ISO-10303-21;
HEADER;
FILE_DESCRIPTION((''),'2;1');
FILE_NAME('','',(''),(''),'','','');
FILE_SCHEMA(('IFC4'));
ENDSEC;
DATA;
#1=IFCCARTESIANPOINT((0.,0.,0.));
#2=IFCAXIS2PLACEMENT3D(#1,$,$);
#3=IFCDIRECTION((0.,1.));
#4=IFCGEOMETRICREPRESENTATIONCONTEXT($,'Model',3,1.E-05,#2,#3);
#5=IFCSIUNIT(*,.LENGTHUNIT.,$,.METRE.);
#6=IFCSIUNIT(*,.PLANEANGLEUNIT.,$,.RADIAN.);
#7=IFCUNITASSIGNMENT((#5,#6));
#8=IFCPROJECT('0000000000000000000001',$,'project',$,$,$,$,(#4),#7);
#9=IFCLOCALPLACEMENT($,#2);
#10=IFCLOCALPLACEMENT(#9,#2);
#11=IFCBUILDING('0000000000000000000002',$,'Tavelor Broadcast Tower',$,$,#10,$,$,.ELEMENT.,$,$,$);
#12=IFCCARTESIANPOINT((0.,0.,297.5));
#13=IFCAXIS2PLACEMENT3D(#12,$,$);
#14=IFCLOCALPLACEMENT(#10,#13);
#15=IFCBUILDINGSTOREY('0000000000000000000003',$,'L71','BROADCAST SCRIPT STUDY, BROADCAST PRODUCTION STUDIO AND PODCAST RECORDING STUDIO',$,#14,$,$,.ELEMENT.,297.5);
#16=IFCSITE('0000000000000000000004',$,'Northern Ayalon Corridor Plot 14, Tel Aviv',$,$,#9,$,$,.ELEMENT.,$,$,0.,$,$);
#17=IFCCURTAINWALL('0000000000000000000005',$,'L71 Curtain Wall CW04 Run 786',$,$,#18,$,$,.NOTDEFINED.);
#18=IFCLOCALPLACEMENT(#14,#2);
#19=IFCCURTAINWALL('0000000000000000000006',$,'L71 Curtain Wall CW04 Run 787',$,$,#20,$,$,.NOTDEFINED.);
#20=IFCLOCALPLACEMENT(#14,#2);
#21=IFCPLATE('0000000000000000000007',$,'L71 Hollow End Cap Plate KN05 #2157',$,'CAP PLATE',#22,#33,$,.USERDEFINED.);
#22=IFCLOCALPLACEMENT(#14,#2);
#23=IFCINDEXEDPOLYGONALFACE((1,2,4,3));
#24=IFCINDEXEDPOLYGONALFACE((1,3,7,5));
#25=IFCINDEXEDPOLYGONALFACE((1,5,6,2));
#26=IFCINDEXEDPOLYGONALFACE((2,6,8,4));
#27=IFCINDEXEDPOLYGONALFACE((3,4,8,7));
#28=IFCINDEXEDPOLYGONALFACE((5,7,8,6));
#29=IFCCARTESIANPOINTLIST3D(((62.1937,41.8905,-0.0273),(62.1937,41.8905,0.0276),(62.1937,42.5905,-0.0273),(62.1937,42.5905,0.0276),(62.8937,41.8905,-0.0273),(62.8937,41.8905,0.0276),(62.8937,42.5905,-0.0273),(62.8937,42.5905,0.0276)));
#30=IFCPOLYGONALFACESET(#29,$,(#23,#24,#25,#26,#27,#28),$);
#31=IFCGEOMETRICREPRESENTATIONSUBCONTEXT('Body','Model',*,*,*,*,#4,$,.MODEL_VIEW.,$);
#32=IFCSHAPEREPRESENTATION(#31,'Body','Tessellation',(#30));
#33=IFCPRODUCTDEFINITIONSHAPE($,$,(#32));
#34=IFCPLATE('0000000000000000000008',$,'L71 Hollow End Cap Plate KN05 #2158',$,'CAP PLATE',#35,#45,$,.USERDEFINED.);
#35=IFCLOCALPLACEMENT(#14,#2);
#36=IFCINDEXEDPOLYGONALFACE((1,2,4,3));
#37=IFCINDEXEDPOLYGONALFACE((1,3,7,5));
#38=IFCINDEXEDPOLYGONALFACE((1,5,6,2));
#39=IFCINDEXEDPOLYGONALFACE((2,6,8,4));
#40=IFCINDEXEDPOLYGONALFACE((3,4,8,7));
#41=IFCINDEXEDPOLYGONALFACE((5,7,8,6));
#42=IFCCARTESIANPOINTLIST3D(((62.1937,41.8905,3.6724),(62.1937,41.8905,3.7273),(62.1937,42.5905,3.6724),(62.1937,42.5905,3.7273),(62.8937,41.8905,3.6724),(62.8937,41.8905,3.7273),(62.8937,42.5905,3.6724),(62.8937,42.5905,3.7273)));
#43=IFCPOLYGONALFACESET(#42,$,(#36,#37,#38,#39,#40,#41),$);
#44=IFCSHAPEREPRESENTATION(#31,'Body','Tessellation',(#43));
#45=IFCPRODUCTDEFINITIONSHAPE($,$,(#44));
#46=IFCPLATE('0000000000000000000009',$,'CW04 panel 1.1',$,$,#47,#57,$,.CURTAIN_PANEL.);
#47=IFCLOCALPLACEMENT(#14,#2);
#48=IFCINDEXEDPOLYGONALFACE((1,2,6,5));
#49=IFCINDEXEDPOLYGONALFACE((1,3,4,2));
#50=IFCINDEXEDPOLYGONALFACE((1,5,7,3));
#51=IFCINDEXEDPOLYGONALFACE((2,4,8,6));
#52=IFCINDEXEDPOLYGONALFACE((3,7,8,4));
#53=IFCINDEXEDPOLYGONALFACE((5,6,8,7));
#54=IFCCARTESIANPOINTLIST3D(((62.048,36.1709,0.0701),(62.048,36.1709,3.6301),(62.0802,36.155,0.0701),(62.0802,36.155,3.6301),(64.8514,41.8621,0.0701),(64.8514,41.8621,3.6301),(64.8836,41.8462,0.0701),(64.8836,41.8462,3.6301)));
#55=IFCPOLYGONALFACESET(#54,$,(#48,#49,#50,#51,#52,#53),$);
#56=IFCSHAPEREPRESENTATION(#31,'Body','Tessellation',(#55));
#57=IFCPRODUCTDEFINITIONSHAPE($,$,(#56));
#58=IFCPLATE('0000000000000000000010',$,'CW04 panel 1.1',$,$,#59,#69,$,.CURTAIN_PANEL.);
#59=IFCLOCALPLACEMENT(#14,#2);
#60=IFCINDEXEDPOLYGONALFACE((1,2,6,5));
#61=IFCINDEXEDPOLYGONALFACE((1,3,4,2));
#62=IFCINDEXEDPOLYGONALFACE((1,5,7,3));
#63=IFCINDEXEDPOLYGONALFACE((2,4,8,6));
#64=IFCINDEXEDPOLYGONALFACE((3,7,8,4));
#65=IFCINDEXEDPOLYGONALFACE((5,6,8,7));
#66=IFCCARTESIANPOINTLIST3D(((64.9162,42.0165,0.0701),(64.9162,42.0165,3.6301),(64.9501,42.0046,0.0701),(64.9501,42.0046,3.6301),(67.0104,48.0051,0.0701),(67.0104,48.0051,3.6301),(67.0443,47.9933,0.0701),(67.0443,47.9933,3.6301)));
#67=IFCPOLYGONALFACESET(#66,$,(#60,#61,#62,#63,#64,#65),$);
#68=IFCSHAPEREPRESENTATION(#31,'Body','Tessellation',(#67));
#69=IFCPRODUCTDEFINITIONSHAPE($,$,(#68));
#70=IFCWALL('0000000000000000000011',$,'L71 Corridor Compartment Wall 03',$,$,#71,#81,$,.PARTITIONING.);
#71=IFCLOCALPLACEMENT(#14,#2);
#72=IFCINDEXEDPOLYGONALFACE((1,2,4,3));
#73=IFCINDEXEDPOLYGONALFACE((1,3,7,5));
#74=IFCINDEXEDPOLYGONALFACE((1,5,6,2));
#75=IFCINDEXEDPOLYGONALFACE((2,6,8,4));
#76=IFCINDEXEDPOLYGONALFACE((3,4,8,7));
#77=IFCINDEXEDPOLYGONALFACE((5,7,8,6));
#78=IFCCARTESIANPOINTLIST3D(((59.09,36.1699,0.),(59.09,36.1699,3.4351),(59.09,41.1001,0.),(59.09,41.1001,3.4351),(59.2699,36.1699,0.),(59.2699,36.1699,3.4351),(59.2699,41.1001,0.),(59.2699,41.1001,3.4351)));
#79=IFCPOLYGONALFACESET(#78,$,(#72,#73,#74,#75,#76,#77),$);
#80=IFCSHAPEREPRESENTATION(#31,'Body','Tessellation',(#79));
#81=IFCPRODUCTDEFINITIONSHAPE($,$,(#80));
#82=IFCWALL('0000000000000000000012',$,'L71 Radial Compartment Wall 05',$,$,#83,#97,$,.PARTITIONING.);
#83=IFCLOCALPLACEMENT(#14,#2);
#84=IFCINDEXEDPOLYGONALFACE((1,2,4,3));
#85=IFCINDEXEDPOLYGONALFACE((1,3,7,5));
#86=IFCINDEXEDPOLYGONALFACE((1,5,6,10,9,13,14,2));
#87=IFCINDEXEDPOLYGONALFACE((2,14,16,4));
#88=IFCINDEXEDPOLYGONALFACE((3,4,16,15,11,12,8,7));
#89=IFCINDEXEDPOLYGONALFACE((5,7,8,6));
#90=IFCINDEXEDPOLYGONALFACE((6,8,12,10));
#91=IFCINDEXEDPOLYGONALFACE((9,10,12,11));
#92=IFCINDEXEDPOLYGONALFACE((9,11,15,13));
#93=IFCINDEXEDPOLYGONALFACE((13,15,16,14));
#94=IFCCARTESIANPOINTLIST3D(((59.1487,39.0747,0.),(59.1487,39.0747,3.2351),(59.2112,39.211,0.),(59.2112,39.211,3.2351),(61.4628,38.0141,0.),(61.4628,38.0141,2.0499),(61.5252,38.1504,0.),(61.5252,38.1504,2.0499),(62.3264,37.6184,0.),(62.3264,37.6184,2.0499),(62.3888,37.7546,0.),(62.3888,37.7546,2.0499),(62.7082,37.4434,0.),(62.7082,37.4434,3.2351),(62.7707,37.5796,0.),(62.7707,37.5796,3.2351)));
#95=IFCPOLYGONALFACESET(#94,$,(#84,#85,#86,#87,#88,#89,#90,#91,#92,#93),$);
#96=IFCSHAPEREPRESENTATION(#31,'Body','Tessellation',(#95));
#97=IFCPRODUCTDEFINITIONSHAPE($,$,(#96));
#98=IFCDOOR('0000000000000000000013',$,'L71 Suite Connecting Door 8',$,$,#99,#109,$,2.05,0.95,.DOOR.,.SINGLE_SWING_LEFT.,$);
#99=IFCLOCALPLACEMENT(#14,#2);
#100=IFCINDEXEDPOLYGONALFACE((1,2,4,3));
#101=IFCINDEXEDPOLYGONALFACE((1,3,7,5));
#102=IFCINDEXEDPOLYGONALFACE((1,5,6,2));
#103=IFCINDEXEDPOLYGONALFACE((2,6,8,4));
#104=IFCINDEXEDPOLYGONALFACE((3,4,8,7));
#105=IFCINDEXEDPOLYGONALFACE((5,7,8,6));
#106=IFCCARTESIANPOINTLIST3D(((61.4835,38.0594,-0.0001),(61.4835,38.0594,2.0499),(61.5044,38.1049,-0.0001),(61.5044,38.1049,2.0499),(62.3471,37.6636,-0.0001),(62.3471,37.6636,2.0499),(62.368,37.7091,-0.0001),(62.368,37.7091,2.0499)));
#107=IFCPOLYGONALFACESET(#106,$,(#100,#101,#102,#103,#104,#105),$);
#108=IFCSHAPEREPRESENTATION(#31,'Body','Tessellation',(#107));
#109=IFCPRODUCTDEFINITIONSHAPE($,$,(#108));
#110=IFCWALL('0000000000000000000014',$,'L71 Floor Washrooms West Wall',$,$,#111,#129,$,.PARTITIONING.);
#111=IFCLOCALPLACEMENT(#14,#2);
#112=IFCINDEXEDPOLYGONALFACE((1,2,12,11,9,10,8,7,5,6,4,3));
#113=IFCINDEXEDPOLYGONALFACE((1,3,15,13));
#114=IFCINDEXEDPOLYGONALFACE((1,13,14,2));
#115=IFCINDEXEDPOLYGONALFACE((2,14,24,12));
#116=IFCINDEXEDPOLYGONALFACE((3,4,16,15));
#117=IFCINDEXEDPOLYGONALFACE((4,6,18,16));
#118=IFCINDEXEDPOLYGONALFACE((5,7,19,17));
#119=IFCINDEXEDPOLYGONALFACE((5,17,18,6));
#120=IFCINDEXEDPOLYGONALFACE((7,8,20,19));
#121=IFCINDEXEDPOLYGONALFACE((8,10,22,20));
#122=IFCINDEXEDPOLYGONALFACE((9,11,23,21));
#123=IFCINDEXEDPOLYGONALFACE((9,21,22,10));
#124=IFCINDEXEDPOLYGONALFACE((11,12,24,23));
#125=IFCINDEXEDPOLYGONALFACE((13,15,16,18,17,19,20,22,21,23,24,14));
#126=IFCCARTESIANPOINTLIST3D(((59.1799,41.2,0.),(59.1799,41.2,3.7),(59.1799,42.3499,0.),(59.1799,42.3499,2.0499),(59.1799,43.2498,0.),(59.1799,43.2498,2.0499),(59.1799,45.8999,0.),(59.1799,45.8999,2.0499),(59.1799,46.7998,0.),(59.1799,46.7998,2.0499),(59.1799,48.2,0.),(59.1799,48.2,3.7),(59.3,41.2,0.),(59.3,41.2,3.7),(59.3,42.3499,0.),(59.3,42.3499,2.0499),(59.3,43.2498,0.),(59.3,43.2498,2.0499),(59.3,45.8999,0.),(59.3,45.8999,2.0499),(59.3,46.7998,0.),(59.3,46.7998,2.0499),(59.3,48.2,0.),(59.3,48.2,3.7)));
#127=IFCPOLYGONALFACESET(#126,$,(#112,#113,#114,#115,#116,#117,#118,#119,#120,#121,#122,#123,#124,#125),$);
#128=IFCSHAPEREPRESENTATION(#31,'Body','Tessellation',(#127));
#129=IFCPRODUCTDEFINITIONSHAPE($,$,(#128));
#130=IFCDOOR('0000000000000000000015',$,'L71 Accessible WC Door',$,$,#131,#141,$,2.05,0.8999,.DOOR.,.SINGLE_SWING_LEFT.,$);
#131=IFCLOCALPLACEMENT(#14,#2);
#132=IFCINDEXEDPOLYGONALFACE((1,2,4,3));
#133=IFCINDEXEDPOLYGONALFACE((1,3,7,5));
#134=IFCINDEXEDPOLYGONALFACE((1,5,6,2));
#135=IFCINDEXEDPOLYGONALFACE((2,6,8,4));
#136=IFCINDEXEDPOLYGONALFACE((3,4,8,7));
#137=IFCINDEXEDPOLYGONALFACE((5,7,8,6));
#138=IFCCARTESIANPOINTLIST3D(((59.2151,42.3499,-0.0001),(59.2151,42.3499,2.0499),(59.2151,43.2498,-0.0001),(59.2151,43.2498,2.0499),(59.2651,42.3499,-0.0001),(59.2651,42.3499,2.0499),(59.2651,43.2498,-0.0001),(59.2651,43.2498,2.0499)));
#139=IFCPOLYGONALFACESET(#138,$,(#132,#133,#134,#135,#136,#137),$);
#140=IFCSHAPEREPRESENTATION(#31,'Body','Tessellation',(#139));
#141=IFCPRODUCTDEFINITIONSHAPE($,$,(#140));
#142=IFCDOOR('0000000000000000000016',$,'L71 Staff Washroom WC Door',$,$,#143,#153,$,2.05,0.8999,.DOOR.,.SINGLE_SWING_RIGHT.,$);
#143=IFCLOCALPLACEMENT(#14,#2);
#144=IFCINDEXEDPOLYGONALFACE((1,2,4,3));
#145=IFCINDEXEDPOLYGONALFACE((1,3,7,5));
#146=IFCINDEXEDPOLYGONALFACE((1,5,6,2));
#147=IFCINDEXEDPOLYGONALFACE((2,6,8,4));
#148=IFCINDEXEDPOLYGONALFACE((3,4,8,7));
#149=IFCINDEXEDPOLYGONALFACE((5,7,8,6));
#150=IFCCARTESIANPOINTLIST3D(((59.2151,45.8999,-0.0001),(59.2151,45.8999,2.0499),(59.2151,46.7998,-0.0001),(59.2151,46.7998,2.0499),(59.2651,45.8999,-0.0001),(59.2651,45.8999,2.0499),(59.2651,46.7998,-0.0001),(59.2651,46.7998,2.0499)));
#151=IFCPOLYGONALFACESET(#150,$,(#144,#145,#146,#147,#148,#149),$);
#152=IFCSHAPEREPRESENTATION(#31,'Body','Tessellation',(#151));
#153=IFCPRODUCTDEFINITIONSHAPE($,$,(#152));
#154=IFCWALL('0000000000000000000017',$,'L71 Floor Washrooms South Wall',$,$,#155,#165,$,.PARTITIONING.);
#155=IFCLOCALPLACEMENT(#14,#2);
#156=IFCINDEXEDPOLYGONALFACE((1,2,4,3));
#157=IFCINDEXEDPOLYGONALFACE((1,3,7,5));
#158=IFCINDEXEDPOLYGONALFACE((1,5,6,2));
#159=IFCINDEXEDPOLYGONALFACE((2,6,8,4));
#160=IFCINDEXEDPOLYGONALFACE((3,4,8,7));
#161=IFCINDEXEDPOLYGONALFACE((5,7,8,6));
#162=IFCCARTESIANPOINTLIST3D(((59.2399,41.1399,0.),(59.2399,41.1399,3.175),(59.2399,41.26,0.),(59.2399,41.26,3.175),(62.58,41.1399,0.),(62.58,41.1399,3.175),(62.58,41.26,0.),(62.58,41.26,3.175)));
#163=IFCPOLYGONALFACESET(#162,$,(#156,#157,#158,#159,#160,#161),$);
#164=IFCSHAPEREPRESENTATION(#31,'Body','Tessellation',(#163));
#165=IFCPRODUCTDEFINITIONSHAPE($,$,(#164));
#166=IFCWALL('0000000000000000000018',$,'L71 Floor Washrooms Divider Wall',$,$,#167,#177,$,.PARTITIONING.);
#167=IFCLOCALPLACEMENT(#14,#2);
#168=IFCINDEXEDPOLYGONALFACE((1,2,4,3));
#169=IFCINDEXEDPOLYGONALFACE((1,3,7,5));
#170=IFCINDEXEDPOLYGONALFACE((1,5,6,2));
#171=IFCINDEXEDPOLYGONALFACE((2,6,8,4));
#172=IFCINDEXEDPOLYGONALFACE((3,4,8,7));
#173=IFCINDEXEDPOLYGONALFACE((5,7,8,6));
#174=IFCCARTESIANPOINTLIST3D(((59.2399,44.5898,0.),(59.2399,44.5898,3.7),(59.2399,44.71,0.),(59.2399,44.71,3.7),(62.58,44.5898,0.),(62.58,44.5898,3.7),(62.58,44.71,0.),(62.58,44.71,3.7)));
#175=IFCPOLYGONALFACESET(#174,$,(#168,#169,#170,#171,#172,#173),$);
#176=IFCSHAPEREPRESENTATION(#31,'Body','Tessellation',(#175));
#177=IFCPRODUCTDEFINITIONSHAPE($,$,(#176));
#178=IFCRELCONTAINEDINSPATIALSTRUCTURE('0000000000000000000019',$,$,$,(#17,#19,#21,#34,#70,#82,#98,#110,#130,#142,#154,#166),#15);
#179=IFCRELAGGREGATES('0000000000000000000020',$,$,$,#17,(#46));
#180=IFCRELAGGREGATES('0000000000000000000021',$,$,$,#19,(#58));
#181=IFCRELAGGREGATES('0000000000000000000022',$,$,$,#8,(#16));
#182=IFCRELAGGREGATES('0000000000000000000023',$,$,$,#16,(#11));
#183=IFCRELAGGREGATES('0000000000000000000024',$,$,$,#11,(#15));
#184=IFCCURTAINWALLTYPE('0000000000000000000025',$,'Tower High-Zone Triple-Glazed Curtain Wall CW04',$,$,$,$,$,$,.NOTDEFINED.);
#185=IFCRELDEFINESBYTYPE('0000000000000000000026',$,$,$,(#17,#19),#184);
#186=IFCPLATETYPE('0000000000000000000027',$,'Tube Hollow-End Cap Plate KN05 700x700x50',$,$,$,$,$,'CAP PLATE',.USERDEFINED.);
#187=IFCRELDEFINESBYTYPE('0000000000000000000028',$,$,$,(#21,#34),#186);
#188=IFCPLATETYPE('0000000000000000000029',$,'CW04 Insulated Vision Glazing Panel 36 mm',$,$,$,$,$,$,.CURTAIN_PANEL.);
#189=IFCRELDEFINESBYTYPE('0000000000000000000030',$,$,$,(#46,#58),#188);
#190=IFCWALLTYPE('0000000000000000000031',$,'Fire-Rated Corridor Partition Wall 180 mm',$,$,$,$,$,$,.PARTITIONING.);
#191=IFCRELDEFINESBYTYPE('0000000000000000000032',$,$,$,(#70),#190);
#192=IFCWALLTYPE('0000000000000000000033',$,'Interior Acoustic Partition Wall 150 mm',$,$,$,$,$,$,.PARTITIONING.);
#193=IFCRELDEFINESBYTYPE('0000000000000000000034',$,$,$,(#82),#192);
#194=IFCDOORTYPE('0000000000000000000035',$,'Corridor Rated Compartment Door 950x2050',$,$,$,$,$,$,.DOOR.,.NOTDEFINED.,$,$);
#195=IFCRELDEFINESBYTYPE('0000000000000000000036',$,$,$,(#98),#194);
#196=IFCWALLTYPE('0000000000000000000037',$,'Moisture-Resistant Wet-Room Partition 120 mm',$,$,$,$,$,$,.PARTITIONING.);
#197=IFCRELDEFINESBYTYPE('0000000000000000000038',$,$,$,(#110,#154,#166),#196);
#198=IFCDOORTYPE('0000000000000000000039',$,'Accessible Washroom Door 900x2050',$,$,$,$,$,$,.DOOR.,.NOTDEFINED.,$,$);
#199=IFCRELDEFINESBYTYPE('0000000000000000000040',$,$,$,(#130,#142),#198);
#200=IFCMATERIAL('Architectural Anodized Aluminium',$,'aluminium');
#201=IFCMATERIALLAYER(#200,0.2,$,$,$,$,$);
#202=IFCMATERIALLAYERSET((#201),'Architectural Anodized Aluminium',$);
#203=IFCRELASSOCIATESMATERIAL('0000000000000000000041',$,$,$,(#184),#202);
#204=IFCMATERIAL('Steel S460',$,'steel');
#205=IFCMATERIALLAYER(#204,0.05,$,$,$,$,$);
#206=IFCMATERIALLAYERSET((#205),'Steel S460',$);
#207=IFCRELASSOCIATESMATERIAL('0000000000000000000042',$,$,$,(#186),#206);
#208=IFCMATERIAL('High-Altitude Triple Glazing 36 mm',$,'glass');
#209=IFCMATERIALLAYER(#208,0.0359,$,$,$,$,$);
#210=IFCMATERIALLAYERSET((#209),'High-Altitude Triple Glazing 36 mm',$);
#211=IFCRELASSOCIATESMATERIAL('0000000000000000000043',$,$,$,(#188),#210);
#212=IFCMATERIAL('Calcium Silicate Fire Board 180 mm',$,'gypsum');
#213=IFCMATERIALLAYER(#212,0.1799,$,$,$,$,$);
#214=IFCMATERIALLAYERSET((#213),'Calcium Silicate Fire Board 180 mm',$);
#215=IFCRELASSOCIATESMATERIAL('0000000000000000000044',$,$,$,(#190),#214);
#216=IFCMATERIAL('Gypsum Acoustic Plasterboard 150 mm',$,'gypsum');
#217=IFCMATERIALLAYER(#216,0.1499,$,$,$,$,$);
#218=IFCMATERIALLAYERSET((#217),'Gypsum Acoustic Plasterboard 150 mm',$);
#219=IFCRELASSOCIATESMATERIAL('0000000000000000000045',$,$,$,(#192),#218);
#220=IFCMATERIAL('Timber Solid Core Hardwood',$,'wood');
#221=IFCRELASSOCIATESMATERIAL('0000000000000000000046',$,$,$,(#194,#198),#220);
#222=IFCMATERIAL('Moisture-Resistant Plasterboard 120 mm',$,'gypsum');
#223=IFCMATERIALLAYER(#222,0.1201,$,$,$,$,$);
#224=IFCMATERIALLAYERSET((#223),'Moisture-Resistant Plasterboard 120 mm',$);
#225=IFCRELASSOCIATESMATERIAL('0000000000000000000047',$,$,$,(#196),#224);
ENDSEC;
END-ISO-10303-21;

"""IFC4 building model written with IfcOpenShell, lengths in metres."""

from ifc_helpers import new_model, si_unit, direction, frame, frame_2d, origin, origin_2d, place, context, subcontext, project, spatial, rectangle, extrude, source, transform, mapped, material, layer, layer_set, type_object, type_shapes, element, fill, aggregate, save


model = new_model("IFC4")

# Units and contexts
model_context = context("Model", 3, precision=1e-05, world=origin(), true_north=direction((0.0, 1.0)))
body_context = subcontext(model_context, "Body", "Model", "MODEL_VIEW")
ifc_project = project(units=[si_unit("LENGTHUNIT", "METRE"), si_unit("PLANEANGLEUNIT", "RADIAN")], contexts=[model_context])

# Site, building, storey
site_placement = place(None, origin())
site = spatial("IfcSite", under=ifc_project, at=site_placement, Name="Northern Ayalon Corridor Plot 14, Tel Aviv", CompositionType="ELEMENT", RefElevation=0.0)
building_placement = place(site_placement, origin())
building = spatial("IfcBuilding", under=site, at=building_placement, Name="Tavelor Broadcast Tower", CompositionType="ELEMENT")
storey_placement = place(building_placement, frame((0.0, 0.0, 297.5)))
storey = spatial("IfcBuildingStorey", under=building, at=storey_placement, Name="L71", Description="BROADCAST SCRIPT STUDY, BROADCAST PRODUCTION STUDIO AND PODCAST RECORDING STUDIO", CompositionType="ELEMENT", Elevation=297.5)

# Shared definitions
ifc_material_1 = material(Name="Steel S460", Category="steel")

# Curtain wall
ifc_material_2 = material(Name="Architectural Anodized Aluminium", Category="aluminium")
ifc_layer_1 = layer(ifc_material_2, 0.2)
ifc_layer_set_1 = layer_set([ifc_layer_1], Name="Architectural Anodized Aluminium")
curtain_wall_type = type_object("IfcCurtainWallType", Name="Tower High-Zone Triple-Glazed Curtain Wall CW04", PredefinedType="NOTDEFINED", material=ifc_layer_set_1)
curtain_wall_1_placement = place(storey_placement, origin())
curtain_wall_1 = element("IfcCurtainWall", 1, at=curtain_wall_1_placement, inside=storey, type_object=curtain_wall_type, Name="L71 Curtain Wall CW04 Run 786", PredefinedType="NOTDEFINED")

# Curtain wall
curtain_wall_2_placement = place(storey_placement, origin())
curtain_wall_2 = element("IfcCurtainWall", 2, at=curtain_wall_2_placement, inside=storey, type_object=curtain_wall_type, Name="L71 Curtain Wall CW04 Run 787", PredefinedType="NOTDEFINED")

# Plates
ifc_layer_2 = layer(ifc_material_1, 0.05)
ifc_layer_set_2 = layer_set([ifc_layer_2], Name="Steel S460")
plate_type_1 = type_object("IfcPlateType", Name="Tube Hollow-End Cap Plate KN05 700x700x50", ElementType="CAP PLATE", PredefinedType="USERDEFINED", material=ifc_layer_set_2)
shared_shape_1 = source(origin(), body_context, "Body", "SweptSolid", [
    extrude(rectangle(XDim=0.7, YDim=0.7, at=origin_2d()), origin(), (0.0, 0.0, 1.0), 0.0549),
])
type_shapes(plate_type_1, [shared_shape_1])
for number, where, z_axis, x_axis, name in (
    (3, (62.5437, 42.2405, -0.0273), (0.0, 0.0, 1.0), (1.0, 0.0, 0.0), "L71 Hollow End Cap Plate KN05 #2157"),
    (4, (62.5437, 42.2405, 3.6724), (0.0, 0.0, 1.0), (1.0, 0.0, 0.0), "L71 Hollow End Cap Plate KN05 #2158"),
):
    element("IfcPlate", number, at=place(storey_placement, frame(where, z_axis=z_axis, x_axis=x_axis)), inside=storey, type_object=plate_type_1, Name=name, ObjectType="CAP PLATE", PredefinedType="USERDEFINED", context=body_context, shape_type="MappedRepresentation", body=[
        mapped(shared_shape_1, transform((0.0, 0.0, 0.0), scale=1.0)),
    ])

# Plates
ifc_material_3 = material(Name="High-Altitude Triple Glazing 36 mm", Category="glass")
ifc_layer_3 = layer(ifc_material_3, 0.0359)
ifc_layer_set_3 = layer_set([ifc_layer_3], Name="High-Altitude Triple Glazing 36 mm")
plate_type_2 = type_object("IfcPlateType", Name="CW04 Insulated Vision Glazing Panel 36 mm", PredefinedType="CURTAIN_PANEL", material=ifc_layer_set_3)
shared_shape_2 = source(origin(), body_context, "Body", "SweptSolid", [
    extrude(rectangle(XDim=6.3442, YDim=0.0359, at=origin_2d()), origin(), (0.0, 0.0, 1.0), 3.5601),
])
type_shapes(plate_type_2, [shared_shape_2])
plate_1_placement = place(storey_placement, frame((63.4658, 39.0085, 0.0701), z_axis=(0.0, 0.0, 1.0), x_axis=(0.441888, 0.89707, 0.0)))
plate_1 = element("IfcPlate", 5, at=plate_1_placement, type_object=plate_type_2, Name="CW04 panel 1.1", PredefinedType="CURTAIN_PANEL", context=body_context, shape_type="MappedRepresentation", body=[
    mapped(shared_shape_2, transform((0.0, 0.0, 0.0), scale=1.0)),
])
aggregate(curtain_wall_1, [plate_1])
plate_2_placement = place(storey_placement, frame((65.9802, 45.0049, 0.0701), z_axis=(0.0, 0.0, 1.0), x_axis=(0.330097, 0.943947, 0.0)))
plate_2 = element("IfcPlate", 6, at=plate_2_placement, type_object=plate_type_2, Name="CW04 panel 1.1", PredefinedType="CURTAIN_PANEL", context=body_context, shape_type="MappedRepresentation", body=[
    mapped(shared_shape_2, transform((0.0, 0.0, 0.0), scale=1.0)),
])
aggregate(curtain_wall_2, [plate_2])

# Wall
ifc_material_4 = material(Name="Calcium Silicate Fire Board 180 mm", Category="gypsum")
ifc_layer_4 = layer(ifc_material_4, 0.1799)
ifc_layer_set_4 = layer_set([ifc_layer_4], Name="Calcium Silicate Fire Board 180 mm")
wall_type_1 = type_object("IfcWallType", Name="Fire-Rated Corridor Partition Wall 180 mm", PredefinedType="PARTITIONING", material=ifc_layer_set_4)
wall_1_placement = place(storey_placement, frame((59.1799, 41.1001, 0.0), z_axis=(0.0, 0.0, 1.0), x_axis=(0.0, -1.0, 0.0)))
element("IfcWall", 7, at=wall_1_placement, inside=storey, type_object=wall_type_1, Name="L71 Corridor Compartment Wall 03", PredefinedType="PARTITIONING", context=body_context, shape_type="SweptSolid", body=[
    extrude(rectangle(XDim=4.9302, YDim=0.1799, at=frame_2d((2.4651, 0.0))), origin(), (0.0, 0.0, 1.0), 3.4351),
])

# Wall, opening, door
ifc_material_5 = material(Name="Gypsum Acoustic Plasterboard 150 mm", Category="gypsum")
ifc_layer_5 = layer(ifc_material_5, 0.1499)
ifc_layer_set_5 = layer_set([ifc_layer_5], Name="Gypsum Acoustic Plasterboard 150 mm")
wall_type_2 = type_object("IfcWallType", Name="Interior Acoustic Partition Wall 150 mm", PredefinedType="PARTITIONING", material=ifc_layer_set_5)
wall_2_placement = place(storey_placement, frame((59.1799, 39.1428, 0.0), z_axis=(0.0, 0.0, 1.0), x_axis=(0.909077, -0.416629, 0.0)))
wall_2 = element("IfcWall", 8, at=wall_2_placement, inside=storey, type_object=wall_type_2, Name="L71 Radial Compartment Wall 05", PredefinedType="PARTITIONING", context=body_context, shape_type="SweptSolid", body=[
    extrude(rectangle(XDim=3.9155, YDim=0.1499, at=frame_2d((1.9578, 0.0))), origin(), (0.0, 0.0, 1.0), 3.2351),
])
opening_1_placement = place(wall_2_placement, frame((2.5454, 0.0, 0.0)))
opening_1 = element("IfcOpeningElement", 9, at=opening_1_placement, cuts=wall_2, PredefinedType="OPENING", context=body_context, shape_type="SweptSolid", body=[
    extrude(rectangle(XDim=0.95, YDim=2.05, at=frame_2d((0.4751, 1.0249))), frame((0.0, 0.085, 0.0), z_axis=(0.0, -1.0, 0.0), x_axis=(1.0, 0.0, 0.0)), (0.0, 0.0, 1.0), 0.1699),
])
ifc_material_6 = material(Name="Timber Solid Core Hardwood", Category="wood")
door_type_1 = type_object("IfcDoorType", Name="Corridor Rated Compartment Door 950x2050", OperationType="NOTDEFINED", PredefinedType="DOOR", material=ifc_material_6)
door_1_placement = place(opening_1_placement, origin())
door_1 = element("IfcDoor", 10, at=door_1_placement, inside=storey, type_object=door_type_1, Name="L71 Suite Connecting Door 8", OperationType="SINGLE_SWING_LEFT", OverallHeight=2.05, OverallWidth=0.95, PredefinedType="DOOR", context=body_context, shape_type="SweptSolid", body=[
    extrude(rectangle(XDim=0.95, YDim=2.05, at=frame_2d((0.4751, 1.0249))), frame((0.0, 0.0249, 0.0), z_axis=(0.0, -1.0, 0.0), x_axis=(1.0, 0.0, 0.0)), (0.0, 0.0, 1.0), 0.05),
])
fill(opening_1, door_1)

# Wall, openings, doors
ifc_material_7 = material(Name="Moisture-Resistant Plasterboard 120 mm", Category="gypsum")
ifc_layer_6 = layer(ifc_material_7, 0.1201)
ifc_layer_set_6 = layer_set([ifc_layer_6], Name="Moisture-Resistant Plasterboard 120 mm")
wall_type_3 = type_object("IfcWallType", Name="Moisture-Resistant Wet-Room Partition 120 mm", PredefinedType="PARTITIONING", material=ifc_layer_set_6)
wall_3_placement = place(storey_placement, frame((59.24, 41.2, 0.0), z_axis=(0.0, 0.0, 1.0), x_axis=(0.0, 1.0, 0.0)))
wall_3 = element("IfcWall", 11, at=wall_3_placement, inside=storey, type_object=wall_type_3, Name="L71 Floor Washrooms West Wall", PredefinedType="PARTITIONING", context=body_context, shape_type="SweptSolid", body=[
    extrude(rectangle(XDim=7.0, YDim=0.1201, at=frame_2d((3.5, 0.0))), origin(), (0.0, 0.0, 1.0), 3.7),
])
opening_2_placement = place(wall_3_placement, frame((1.1499, 0.0, 0.0)))
opening_2 = element("IfcOpeningElement", 12, at=opening_2_placement, cuts=wall_3, PredefinedType="OPENING", context=body_context, shape_type="SweptSolid", body=[
    extrude(rectangle(XDim=0.8999, YDim=2.05, at=frame_2d((0.45, 1.0249))), frame((0.0, 0.0701, 0.0), z_axis=(0.0, -1.0, 0.0), x_axis=(1.0, 0.0, 0.0)), (0.0, 0.0, 1.0), 0.1401),
])
opening_3_placement = place(wall_3_placement, frame((4.7, 0.0, 0.0)))
opening_3 = element("IfcOpeningElement", 13, at=opening_3_placement, cuts=wall_3, PredefinedType="OPENING", context=body_context, shape_type="SweptSolid", body=[
    extrude(rectangle(XDim=0.8999, YDim=2.05, at=frame_2d((0.45, 1.0249))), frame((0.0, 0.0701, 0.0), z_axis=(0.0, -1.0, 0.0), x_axis=(1.0, 0.0, 0.0)), (0.0, 0.0, 1.0), 0.1401),
])
door_type_2 = type_object("IfcDoorType", Name="Accessible Washroom Door 900x2050", OperationType="NOTDEFINED", PredefinedType="DOOR", material=ifc_material_6)
door_2_placement = place(opening_2_placement, origin())
door_2 = element("IfcDoor", 14, at=door_2_placement, inside=storey, type_object=door_type_2, Name="L71 Accessible WC Door", OperationType="SINGLE_SWING_LEFT", OverallHeight=2.05, OverallWidth=0.8999, PredefinedType="DOOR", context=body_context, shape_type="SweptSolid", body=[
    extrude(rectangle(XDim=0.8999, YDim=2.05, at=frame_2d((0.45, 1.0249))), frame((0.0, 0.0249, 0.0), z_axis=(0.0, -1.0, 0.0), x_axis=(1.0, 0.0, 0.0)), (0.0, 0.0, 1.0), 0.05),
])
fill(opening_2, door_2)
door_3_placement = place(opening_3_placement, origin())
door_3 = element("IfcDoor", 15, at=door_3_placement, inside=storey, type_object=door_type_2, Name="L71 Staff Washroom WC Door", OperationType="SINGLE_SWING_RIGHT", OverallHeight=2.05, OverallWidth=0.8999, PredefinedType="DOOR", context=body_context, shape_type="SweptSolid", body=[
    extrude(rectangle(XDim=0.8999, YDim=2.05, at=frame_2d((0.45, 1.0249))), frame((0.0, 0.0249, 0.0), z_axis=(0.0, -1.0, 0.0), x_axis=(1.0, 0.0, 0.0)), (0.0, 0.0, 1.0), 0.05),
])
fill(opening_3, door_3)

# Walls
wall_4_placement = place(storey_placement, frame((59.24, 41.2, 0.0), z_axis=(0.0, 0.0, 1.0), x_axis=(1.0, 0.0, 0.0)))
element("IfcWall", 16, at=wall_4_placement, inside=storey, type_object=wall_type_3, Name="L71 Floor Washrooms South Wall", PredefinedType="PARTITIONING", context=body_context, shape_type="SweptSolid", body=[
    extrude(rectangle(XDim=3.3401, YDim=0.1201, at=frame_2d((1.6699, 0.0))), origin(), (0.0, 0.0, 1.0), 3.175),
])
wall_5_placement = place(storey_placement, frame((59.24, 44.6499, 0.0), z_axis=(0.0, 0.0, 1.0), x_axis=(1.0, 0.0, 0.0)))
element("IfcWall", 17, at=wall_5_placement, inside=storey, type_object=wall_type_3, Name="L71 Floor Washrooms Divider Wall", PredefinedType="PARTITIONING", context=body_context, shape_type="SweptSolid", body=[
    extrude(rectangle(XDim=3.3401, YDim=0.1201, at=frame_2d((1.6699, 0.0))), origin(), (0.0, 0.0, 1.0), 3.7),
])

save(model, "model.ifc")
